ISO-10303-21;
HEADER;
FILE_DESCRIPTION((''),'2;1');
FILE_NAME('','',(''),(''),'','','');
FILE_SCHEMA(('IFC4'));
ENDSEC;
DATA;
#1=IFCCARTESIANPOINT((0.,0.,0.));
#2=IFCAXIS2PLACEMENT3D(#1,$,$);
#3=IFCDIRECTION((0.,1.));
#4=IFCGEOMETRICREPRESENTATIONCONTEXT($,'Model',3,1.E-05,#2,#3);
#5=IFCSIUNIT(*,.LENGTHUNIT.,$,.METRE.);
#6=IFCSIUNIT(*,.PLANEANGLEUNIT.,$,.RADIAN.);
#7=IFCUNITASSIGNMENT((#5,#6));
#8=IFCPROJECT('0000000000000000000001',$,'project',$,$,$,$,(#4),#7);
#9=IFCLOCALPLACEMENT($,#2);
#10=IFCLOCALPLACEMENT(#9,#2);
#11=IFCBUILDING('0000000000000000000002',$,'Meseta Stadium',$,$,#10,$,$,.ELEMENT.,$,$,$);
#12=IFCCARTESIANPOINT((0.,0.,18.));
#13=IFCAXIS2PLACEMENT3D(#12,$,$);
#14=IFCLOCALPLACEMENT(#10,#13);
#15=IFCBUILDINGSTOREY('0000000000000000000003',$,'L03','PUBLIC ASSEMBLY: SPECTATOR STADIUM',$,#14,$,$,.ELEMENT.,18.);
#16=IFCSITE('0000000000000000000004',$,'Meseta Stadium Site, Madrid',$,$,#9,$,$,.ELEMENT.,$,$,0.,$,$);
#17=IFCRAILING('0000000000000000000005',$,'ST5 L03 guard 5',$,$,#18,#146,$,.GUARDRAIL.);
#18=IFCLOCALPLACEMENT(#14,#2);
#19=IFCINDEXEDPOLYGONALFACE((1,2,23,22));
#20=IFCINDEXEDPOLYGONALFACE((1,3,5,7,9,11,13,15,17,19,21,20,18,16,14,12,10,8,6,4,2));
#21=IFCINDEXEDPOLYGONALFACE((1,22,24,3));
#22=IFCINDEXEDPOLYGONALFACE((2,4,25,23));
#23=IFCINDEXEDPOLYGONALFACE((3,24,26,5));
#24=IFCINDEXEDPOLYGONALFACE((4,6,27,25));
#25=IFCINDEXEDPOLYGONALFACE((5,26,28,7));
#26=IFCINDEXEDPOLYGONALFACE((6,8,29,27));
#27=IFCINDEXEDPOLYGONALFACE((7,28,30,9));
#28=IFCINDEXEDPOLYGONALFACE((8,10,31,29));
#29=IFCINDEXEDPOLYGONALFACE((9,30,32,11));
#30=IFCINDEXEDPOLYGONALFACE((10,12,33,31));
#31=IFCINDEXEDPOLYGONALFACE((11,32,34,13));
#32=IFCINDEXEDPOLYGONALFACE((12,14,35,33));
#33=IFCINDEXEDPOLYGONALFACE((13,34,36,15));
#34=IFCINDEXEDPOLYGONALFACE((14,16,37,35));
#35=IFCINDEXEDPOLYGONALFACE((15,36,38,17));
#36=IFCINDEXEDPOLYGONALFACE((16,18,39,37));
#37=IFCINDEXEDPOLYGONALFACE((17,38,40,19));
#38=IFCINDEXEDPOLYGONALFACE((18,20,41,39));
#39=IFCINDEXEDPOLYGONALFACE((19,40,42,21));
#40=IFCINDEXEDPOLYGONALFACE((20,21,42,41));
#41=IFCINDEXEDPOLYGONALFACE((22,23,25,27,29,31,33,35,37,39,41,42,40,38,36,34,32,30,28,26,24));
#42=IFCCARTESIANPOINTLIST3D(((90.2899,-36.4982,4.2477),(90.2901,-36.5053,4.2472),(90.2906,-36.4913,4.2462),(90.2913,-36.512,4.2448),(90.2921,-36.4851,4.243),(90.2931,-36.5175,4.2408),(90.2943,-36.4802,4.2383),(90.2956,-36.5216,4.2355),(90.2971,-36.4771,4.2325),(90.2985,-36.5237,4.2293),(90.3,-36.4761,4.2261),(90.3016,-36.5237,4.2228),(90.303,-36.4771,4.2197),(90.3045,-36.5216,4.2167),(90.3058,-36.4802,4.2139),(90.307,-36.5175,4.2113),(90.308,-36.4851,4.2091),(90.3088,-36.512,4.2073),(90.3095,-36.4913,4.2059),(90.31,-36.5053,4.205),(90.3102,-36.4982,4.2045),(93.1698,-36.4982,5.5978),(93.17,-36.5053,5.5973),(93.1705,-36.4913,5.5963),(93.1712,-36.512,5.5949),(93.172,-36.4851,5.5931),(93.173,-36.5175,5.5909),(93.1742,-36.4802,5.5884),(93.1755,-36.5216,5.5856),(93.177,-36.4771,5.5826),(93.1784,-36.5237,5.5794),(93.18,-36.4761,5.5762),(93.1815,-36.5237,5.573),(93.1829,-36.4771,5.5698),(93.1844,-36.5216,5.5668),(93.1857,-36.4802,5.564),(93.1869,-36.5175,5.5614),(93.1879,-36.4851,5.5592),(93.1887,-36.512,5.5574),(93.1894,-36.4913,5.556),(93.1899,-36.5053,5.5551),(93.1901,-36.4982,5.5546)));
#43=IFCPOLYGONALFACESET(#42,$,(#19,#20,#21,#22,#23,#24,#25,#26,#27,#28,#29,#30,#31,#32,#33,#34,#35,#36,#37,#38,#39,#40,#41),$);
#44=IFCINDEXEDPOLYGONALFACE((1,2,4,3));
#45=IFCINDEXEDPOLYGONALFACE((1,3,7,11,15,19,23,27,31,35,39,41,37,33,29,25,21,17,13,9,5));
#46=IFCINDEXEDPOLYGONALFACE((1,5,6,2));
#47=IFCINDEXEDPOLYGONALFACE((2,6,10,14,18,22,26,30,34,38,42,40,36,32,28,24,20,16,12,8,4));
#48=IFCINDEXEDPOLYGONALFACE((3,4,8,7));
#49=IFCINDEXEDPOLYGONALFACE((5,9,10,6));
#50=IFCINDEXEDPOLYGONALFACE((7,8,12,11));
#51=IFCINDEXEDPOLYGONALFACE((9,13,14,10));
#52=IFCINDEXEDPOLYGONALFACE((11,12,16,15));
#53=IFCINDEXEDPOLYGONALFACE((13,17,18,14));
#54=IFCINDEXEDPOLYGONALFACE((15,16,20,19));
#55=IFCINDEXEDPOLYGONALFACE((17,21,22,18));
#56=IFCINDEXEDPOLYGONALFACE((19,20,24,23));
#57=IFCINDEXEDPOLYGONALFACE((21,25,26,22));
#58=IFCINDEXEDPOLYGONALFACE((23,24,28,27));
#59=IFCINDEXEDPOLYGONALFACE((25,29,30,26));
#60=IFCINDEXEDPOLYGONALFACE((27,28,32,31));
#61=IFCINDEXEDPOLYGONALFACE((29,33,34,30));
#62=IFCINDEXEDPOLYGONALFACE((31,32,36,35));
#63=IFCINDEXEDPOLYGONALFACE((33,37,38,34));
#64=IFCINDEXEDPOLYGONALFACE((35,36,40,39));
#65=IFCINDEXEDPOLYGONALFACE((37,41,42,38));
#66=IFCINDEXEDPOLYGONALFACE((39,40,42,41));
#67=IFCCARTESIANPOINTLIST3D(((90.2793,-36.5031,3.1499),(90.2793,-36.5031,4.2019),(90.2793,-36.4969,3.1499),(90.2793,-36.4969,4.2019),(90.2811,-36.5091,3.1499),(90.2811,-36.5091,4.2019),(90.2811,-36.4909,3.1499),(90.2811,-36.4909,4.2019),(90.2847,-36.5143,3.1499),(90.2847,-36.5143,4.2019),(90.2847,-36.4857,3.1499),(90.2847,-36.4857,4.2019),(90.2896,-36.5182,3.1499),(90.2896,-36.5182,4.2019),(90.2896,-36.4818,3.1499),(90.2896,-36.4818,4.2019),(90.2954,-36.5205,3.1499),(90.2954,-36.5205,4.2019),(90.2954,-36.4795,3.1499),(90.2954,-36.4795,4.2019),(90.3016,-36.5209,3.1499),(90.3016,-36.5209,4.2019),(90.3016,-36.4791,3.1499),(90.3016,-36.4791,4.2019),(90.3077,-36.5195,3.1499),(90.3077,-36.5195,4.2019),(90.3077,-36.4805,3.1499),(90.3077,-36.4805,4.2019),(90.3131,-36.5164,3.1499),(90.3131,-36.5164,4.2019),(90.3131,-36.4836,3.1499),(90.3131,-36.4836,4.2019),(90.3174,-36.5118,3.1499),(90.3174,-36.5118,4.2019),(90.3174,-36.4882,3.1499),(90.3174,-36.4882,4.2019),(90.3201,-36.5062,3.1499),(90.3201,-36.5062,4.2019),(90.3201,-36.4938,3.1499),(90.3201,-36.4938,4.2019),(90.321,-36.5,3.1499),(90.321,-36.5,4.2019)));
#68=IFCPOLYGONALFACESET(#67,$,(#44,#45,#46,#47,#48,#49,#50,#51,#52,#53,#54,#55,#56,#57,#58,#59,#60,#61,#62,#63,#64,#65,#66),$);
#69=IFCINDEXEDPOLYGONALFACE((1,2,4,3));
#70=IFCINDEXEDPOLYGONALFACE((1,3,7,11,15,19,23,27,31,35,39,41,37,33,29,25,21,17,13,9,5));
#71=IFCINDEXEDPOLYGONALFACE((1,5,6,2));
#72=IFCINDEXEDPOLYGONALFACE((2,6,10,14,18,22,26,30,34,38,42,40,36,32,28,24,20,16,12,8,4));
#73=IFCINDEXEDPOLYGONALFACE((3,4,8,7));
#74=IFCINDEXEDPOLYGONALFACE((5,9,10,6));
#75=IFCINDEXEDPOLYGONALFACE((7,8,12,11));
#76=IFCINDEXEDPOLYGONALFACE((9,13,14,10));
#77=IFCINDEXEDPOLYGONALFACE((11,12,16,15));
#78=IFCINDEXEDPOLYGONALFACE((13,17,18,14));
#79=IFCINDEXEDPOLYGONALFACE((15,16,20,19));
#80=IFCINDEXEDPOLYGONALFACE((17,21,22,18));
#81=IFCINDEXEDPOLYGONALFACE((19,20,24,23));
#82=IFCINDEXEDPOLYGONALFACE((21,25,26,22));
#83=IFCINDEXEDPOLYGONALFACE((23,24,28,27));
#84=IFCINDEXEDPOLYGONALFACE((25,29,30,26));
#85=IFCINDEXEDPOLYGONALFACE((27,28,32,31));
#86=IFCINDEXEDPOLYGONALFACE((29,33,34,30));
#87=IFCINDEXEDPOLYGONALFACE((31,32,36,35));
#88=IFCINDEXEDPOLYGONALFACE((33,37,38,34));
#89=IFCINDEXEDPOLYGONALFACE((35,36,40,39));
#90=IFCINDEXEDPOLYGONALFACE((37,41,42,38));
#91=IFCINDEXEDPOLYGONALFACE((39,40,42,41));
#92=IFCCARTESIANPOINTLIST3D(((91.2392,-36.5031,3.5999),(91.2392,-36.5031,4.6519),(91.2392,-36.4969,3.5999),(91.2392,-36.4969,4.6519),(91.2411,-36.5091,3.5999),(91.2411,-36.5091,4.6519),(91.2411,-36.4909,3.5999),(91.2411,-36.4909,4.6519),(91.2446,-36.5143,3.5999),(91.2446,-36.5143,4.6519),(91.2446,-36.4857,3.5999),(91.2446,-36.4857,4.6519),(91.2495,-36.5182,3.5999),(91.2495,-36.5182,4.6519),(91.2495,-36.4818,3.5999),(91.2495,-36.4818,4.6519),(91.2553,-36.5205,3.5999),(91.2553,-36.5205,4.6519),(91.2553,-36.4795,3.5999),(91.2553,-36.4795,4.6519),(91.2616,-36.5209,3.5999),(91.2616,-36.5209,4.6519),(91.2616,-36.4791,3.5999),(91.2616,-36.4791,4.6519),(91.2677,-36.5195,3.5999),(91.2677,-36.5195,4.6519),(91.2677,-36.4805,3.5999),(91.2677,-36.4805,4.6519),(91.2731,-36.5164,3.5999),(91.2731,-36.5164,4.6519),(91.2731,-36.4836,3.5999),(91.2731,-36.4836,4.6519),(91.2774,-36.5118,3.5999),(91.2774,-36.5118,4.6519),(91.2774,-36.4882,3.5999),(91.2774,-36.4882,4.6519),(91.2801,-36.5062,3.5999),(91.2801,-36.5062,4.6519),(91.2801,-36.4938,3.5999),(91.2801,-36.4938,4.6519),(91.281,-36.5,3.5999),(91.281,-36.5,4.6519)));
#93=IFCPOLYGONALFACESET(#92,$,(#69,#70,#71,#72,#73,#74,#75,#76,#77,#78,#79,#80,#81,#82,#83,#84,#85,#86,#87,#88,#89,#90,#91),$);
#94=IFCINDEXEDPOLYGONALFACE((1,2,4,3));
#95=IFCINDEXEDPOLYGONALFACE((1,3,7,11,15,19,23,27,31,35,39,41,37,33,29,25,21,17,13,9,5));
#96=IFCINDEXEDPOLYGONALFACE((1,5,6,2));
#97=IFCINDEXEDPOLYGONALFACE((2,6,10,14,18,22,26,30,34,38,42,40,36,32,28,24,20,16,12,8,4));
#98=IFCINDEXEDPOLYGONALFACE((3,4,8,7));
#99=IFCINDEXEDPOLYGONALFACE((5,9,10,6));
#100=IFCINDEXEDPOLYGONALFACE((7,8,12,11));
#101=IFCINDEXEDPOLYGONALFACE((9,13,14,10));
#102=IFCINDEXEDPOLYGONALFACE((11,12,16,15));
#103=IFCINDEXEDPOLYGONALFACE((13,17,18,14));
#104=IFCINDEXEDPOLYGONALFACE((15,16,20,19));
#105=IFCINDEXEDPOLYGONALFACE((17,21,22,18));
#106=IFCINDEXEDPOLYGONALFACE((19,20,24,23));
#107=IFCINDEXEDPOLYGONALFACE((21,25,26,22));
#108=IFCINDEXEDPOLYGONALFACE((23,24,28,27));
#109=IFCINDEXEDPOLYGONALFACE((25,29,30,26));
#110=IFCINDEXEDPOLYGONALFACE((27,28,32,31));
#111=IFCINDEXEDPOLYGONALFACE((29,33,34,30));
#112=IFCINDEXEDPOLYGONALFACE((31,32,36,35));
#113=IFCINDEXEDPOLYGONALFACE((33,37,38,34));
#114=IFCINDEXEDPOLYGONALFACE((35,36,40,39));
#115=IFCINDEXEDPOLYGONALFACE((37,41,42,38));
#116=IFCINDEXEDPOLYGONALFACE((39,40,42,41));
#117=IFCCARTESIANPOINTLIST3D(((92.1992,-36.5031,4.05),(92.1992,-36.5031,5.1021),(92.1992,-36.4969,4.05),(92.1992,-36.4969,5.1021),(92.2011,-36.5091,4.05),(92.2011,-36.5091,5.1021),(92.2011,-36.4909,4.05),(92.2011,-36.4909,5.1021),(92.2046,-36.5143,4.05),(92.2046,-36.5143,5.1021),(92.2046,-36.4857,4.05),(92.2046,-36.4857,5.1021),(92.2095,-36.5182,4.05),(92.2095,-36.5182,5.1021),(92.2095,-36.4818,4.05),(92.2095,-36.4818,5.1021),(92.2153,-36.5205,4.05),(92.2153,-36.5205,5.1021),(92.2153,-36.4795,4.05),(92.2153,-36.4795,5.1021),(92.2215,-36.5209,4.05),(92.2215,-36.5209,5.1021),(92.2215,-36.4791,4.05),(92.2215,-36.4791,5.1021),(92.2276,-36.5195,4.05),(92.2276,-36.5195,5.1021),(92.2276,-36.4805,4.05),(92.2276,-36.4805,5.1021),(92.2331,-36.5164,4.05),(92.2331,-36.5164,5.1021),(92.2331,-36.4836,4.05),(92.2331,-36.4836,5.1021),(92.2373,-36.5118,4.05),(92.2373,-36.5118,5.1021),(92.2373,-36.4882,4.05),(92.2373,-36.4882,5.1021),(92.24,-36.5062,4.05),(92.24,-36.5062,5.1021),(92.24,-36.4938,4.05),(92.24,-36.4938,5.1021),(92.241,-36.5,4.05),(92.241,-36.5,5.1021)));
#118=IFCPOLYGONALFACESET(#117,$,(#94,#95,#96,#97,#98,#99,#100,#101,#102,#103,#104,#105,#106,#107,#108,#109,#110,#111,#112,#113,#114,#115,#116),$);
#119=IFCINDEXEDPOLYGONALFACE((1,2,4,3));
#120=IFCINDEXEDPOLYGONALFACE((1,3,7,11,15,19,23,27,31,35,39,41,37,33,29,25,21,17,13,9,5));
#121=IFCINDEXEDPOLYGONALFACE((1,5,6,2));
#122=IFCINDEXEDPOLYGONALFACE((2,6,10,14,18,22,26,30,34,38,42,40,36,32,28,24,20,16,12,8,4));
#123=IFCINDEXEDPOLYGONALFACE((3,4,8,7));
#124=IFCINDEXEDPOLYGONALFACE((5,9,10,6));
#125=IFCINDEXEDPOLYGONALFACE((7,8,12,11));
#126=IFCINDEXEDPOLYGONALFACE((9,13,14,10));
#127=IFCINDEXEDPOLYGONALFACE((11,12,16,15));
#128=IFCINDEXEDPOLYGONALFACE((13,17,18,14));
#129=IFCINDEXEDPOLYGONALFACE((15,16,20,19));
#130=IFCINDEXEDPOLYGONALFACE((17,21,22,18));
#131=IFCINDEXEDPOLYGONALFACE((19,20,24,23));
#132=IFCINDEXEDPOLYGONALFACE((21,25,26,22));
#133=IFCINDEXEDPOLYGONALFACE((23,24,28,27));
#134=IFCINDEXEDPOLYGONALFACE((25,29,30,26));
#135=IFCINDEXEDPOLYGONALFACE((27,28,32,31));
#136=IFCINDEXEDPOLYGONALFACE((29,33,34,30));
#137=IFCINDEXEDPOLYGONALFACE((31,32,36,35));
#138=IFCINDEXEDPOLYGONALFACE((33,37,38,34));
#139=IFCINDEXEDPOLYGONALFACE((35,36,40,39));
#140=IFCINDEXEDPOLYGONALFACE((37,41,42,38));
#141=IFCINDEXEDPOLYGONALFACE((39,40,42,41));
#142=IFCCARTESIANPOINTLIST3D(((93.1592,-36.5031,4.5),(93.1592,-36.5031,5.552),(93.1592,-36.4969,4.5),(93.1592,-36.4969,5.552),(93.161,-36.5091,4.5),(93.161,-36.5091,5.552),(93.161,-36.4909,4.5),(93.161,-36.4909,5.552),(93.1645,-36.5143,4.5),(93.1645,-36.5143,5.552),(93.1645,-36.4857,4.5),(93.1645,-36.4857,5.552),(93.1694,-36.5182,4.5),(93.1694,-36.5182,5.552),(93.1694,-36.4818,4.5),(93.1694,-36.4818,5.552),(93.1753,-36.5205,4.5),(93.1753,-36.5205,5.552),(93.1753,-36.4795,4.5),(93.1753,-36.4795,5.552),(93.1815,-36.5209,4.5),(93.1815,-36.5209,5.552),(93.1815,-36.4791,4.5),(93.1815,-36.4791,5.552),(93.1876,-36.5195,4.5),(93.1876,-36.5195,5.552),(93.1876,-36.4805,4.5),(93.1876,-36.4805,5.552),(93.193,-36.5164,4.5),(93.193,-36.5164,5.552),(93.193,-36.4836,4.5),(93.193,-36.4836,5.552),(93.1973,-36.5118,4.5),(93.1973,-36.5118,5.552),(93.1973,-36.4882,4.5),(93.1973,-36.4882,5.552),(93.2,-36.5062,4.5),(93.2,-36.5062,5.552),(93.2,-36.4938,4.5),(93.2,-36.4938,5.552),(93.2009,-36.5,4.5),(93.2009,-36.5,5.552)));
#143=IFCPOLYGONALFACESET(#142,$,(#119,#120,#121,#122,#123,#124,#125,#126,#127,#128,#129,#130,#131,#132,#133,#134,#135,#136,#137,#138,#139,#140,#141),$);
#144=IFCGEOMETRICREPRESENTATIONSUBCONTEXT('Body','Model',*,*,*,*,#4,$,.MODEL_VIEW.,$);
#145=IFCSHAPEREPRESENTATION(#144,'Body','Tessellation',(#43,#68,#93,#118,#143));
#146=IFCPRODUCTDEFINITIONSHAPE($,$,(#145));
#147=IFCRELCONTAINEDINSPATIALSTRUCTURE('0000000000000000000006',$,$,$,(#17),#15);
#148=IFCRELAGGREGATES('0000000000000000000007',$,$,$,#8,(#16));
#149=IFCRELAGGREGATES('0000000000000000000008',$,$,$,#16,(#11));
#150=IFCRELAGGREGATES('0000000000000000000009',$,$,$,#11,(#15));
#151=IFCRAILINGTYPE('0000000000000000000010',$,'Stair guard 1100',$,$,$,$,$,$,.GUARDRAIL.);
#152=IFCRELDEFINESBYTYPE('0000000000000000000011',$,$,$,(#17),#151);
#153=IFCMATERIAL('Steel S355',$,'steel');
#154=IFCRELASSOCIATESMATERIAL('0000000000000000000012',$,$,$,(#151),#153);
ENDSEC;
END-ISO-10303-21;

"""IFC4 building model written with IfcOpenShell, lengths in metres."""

from ifc_helpers import new_model, si_unit, direction, frame, origin, origin_2d, place, context, subcontext, project, spatial, circle, extrude, material, type_object, element, save


model = new_model("IFC4")

# Units and contexts
model_context = context("Model", 3, precision=1e-05, world=origin(), true_north=direction((0.0, 1.0)))
body_context = subcontext(model_context, "Body", "Model", "MODEL_VIEW")
ifc_project = project(units=[si_unit("LENGTHUNIT", "METRE"), si_unit("PLANEANGLEUNIT", "RADIAN")], contexts=[model_context])

# Site, building, storey
site_placement = place(None, origin())
site = spatial("IfcSite", under=ifc_project, at=site_placement, Name="Meseta Stadium Site, Madrid", CompositionType="ELEMENT", RefElevation=0.0)
building_placement = place(site_placement, origin())
building = spatial("IfcBuilding", under=site, at=building_placement, Name="Meseta Stadium", CompositionType="ELEMENT")
storey_placement = place(building_placement, frame((0.0, 0.0, 18.0)))
storey = spatial("IfcBuildingStorey", under=building, at=storey_placement, Name="L03", Description="PUBLIC ASSEMBLY: SPECTATOR STADIUM", CompositionType="ELEMENT", Elevation=18.0)

# Railing
ifc_material_1 = material(Name="Steel S355", Category="steel")
railing_type_1 = type_object("IfcRailingType", Name="Stair guard 1100", PredefinedType="GUARDRAIL", material=ifc_material_1)
railing_1_placement = place(storey_placement, frame((90.3, -36.5, 3.1499)))
element("IfcRailing", 1, at=railing_1_placement, inside=storey, type_object=railing_type_1, Name="ST5 L03 guard 5", PredefinedType="GUARDRAIL", context=body_context, shape_type="SweptSolid", body=[
    extrude(circle(Radius=0.0239, at=origin_2d()), frame((0.0, 0.0, 1.0762), z_axis=(0.90544, 0.0, 0.424473), x_axis=(0.0, 1.0, 0.0)), (0.0, 0.0, 1.0), 3.1807),
    extrude(circle(Radius=0.021, at=origin_2d()), origin(), (0.0, 0.0, 1.0), 1.052),
    extrude(circle(Radius=0.021, at=origin_2d()), frame((0.96, 0.0, 0.45)), (0.0, 0.0, 1.0), 1.052),
    extrude(circle(Radius=0.021, at=origin_2d()), frame((1.9199, 0.0, 0.9001)), (0.0, 0.0, 1.0), 1.052),
    extrude(circle(Radius=0.021, at=origin_2d()), frame((2.8799, 0.0, 1.3501)), (0.0, 0.0, 1.0), 1.052),
])

save(model, "model.ifc")
